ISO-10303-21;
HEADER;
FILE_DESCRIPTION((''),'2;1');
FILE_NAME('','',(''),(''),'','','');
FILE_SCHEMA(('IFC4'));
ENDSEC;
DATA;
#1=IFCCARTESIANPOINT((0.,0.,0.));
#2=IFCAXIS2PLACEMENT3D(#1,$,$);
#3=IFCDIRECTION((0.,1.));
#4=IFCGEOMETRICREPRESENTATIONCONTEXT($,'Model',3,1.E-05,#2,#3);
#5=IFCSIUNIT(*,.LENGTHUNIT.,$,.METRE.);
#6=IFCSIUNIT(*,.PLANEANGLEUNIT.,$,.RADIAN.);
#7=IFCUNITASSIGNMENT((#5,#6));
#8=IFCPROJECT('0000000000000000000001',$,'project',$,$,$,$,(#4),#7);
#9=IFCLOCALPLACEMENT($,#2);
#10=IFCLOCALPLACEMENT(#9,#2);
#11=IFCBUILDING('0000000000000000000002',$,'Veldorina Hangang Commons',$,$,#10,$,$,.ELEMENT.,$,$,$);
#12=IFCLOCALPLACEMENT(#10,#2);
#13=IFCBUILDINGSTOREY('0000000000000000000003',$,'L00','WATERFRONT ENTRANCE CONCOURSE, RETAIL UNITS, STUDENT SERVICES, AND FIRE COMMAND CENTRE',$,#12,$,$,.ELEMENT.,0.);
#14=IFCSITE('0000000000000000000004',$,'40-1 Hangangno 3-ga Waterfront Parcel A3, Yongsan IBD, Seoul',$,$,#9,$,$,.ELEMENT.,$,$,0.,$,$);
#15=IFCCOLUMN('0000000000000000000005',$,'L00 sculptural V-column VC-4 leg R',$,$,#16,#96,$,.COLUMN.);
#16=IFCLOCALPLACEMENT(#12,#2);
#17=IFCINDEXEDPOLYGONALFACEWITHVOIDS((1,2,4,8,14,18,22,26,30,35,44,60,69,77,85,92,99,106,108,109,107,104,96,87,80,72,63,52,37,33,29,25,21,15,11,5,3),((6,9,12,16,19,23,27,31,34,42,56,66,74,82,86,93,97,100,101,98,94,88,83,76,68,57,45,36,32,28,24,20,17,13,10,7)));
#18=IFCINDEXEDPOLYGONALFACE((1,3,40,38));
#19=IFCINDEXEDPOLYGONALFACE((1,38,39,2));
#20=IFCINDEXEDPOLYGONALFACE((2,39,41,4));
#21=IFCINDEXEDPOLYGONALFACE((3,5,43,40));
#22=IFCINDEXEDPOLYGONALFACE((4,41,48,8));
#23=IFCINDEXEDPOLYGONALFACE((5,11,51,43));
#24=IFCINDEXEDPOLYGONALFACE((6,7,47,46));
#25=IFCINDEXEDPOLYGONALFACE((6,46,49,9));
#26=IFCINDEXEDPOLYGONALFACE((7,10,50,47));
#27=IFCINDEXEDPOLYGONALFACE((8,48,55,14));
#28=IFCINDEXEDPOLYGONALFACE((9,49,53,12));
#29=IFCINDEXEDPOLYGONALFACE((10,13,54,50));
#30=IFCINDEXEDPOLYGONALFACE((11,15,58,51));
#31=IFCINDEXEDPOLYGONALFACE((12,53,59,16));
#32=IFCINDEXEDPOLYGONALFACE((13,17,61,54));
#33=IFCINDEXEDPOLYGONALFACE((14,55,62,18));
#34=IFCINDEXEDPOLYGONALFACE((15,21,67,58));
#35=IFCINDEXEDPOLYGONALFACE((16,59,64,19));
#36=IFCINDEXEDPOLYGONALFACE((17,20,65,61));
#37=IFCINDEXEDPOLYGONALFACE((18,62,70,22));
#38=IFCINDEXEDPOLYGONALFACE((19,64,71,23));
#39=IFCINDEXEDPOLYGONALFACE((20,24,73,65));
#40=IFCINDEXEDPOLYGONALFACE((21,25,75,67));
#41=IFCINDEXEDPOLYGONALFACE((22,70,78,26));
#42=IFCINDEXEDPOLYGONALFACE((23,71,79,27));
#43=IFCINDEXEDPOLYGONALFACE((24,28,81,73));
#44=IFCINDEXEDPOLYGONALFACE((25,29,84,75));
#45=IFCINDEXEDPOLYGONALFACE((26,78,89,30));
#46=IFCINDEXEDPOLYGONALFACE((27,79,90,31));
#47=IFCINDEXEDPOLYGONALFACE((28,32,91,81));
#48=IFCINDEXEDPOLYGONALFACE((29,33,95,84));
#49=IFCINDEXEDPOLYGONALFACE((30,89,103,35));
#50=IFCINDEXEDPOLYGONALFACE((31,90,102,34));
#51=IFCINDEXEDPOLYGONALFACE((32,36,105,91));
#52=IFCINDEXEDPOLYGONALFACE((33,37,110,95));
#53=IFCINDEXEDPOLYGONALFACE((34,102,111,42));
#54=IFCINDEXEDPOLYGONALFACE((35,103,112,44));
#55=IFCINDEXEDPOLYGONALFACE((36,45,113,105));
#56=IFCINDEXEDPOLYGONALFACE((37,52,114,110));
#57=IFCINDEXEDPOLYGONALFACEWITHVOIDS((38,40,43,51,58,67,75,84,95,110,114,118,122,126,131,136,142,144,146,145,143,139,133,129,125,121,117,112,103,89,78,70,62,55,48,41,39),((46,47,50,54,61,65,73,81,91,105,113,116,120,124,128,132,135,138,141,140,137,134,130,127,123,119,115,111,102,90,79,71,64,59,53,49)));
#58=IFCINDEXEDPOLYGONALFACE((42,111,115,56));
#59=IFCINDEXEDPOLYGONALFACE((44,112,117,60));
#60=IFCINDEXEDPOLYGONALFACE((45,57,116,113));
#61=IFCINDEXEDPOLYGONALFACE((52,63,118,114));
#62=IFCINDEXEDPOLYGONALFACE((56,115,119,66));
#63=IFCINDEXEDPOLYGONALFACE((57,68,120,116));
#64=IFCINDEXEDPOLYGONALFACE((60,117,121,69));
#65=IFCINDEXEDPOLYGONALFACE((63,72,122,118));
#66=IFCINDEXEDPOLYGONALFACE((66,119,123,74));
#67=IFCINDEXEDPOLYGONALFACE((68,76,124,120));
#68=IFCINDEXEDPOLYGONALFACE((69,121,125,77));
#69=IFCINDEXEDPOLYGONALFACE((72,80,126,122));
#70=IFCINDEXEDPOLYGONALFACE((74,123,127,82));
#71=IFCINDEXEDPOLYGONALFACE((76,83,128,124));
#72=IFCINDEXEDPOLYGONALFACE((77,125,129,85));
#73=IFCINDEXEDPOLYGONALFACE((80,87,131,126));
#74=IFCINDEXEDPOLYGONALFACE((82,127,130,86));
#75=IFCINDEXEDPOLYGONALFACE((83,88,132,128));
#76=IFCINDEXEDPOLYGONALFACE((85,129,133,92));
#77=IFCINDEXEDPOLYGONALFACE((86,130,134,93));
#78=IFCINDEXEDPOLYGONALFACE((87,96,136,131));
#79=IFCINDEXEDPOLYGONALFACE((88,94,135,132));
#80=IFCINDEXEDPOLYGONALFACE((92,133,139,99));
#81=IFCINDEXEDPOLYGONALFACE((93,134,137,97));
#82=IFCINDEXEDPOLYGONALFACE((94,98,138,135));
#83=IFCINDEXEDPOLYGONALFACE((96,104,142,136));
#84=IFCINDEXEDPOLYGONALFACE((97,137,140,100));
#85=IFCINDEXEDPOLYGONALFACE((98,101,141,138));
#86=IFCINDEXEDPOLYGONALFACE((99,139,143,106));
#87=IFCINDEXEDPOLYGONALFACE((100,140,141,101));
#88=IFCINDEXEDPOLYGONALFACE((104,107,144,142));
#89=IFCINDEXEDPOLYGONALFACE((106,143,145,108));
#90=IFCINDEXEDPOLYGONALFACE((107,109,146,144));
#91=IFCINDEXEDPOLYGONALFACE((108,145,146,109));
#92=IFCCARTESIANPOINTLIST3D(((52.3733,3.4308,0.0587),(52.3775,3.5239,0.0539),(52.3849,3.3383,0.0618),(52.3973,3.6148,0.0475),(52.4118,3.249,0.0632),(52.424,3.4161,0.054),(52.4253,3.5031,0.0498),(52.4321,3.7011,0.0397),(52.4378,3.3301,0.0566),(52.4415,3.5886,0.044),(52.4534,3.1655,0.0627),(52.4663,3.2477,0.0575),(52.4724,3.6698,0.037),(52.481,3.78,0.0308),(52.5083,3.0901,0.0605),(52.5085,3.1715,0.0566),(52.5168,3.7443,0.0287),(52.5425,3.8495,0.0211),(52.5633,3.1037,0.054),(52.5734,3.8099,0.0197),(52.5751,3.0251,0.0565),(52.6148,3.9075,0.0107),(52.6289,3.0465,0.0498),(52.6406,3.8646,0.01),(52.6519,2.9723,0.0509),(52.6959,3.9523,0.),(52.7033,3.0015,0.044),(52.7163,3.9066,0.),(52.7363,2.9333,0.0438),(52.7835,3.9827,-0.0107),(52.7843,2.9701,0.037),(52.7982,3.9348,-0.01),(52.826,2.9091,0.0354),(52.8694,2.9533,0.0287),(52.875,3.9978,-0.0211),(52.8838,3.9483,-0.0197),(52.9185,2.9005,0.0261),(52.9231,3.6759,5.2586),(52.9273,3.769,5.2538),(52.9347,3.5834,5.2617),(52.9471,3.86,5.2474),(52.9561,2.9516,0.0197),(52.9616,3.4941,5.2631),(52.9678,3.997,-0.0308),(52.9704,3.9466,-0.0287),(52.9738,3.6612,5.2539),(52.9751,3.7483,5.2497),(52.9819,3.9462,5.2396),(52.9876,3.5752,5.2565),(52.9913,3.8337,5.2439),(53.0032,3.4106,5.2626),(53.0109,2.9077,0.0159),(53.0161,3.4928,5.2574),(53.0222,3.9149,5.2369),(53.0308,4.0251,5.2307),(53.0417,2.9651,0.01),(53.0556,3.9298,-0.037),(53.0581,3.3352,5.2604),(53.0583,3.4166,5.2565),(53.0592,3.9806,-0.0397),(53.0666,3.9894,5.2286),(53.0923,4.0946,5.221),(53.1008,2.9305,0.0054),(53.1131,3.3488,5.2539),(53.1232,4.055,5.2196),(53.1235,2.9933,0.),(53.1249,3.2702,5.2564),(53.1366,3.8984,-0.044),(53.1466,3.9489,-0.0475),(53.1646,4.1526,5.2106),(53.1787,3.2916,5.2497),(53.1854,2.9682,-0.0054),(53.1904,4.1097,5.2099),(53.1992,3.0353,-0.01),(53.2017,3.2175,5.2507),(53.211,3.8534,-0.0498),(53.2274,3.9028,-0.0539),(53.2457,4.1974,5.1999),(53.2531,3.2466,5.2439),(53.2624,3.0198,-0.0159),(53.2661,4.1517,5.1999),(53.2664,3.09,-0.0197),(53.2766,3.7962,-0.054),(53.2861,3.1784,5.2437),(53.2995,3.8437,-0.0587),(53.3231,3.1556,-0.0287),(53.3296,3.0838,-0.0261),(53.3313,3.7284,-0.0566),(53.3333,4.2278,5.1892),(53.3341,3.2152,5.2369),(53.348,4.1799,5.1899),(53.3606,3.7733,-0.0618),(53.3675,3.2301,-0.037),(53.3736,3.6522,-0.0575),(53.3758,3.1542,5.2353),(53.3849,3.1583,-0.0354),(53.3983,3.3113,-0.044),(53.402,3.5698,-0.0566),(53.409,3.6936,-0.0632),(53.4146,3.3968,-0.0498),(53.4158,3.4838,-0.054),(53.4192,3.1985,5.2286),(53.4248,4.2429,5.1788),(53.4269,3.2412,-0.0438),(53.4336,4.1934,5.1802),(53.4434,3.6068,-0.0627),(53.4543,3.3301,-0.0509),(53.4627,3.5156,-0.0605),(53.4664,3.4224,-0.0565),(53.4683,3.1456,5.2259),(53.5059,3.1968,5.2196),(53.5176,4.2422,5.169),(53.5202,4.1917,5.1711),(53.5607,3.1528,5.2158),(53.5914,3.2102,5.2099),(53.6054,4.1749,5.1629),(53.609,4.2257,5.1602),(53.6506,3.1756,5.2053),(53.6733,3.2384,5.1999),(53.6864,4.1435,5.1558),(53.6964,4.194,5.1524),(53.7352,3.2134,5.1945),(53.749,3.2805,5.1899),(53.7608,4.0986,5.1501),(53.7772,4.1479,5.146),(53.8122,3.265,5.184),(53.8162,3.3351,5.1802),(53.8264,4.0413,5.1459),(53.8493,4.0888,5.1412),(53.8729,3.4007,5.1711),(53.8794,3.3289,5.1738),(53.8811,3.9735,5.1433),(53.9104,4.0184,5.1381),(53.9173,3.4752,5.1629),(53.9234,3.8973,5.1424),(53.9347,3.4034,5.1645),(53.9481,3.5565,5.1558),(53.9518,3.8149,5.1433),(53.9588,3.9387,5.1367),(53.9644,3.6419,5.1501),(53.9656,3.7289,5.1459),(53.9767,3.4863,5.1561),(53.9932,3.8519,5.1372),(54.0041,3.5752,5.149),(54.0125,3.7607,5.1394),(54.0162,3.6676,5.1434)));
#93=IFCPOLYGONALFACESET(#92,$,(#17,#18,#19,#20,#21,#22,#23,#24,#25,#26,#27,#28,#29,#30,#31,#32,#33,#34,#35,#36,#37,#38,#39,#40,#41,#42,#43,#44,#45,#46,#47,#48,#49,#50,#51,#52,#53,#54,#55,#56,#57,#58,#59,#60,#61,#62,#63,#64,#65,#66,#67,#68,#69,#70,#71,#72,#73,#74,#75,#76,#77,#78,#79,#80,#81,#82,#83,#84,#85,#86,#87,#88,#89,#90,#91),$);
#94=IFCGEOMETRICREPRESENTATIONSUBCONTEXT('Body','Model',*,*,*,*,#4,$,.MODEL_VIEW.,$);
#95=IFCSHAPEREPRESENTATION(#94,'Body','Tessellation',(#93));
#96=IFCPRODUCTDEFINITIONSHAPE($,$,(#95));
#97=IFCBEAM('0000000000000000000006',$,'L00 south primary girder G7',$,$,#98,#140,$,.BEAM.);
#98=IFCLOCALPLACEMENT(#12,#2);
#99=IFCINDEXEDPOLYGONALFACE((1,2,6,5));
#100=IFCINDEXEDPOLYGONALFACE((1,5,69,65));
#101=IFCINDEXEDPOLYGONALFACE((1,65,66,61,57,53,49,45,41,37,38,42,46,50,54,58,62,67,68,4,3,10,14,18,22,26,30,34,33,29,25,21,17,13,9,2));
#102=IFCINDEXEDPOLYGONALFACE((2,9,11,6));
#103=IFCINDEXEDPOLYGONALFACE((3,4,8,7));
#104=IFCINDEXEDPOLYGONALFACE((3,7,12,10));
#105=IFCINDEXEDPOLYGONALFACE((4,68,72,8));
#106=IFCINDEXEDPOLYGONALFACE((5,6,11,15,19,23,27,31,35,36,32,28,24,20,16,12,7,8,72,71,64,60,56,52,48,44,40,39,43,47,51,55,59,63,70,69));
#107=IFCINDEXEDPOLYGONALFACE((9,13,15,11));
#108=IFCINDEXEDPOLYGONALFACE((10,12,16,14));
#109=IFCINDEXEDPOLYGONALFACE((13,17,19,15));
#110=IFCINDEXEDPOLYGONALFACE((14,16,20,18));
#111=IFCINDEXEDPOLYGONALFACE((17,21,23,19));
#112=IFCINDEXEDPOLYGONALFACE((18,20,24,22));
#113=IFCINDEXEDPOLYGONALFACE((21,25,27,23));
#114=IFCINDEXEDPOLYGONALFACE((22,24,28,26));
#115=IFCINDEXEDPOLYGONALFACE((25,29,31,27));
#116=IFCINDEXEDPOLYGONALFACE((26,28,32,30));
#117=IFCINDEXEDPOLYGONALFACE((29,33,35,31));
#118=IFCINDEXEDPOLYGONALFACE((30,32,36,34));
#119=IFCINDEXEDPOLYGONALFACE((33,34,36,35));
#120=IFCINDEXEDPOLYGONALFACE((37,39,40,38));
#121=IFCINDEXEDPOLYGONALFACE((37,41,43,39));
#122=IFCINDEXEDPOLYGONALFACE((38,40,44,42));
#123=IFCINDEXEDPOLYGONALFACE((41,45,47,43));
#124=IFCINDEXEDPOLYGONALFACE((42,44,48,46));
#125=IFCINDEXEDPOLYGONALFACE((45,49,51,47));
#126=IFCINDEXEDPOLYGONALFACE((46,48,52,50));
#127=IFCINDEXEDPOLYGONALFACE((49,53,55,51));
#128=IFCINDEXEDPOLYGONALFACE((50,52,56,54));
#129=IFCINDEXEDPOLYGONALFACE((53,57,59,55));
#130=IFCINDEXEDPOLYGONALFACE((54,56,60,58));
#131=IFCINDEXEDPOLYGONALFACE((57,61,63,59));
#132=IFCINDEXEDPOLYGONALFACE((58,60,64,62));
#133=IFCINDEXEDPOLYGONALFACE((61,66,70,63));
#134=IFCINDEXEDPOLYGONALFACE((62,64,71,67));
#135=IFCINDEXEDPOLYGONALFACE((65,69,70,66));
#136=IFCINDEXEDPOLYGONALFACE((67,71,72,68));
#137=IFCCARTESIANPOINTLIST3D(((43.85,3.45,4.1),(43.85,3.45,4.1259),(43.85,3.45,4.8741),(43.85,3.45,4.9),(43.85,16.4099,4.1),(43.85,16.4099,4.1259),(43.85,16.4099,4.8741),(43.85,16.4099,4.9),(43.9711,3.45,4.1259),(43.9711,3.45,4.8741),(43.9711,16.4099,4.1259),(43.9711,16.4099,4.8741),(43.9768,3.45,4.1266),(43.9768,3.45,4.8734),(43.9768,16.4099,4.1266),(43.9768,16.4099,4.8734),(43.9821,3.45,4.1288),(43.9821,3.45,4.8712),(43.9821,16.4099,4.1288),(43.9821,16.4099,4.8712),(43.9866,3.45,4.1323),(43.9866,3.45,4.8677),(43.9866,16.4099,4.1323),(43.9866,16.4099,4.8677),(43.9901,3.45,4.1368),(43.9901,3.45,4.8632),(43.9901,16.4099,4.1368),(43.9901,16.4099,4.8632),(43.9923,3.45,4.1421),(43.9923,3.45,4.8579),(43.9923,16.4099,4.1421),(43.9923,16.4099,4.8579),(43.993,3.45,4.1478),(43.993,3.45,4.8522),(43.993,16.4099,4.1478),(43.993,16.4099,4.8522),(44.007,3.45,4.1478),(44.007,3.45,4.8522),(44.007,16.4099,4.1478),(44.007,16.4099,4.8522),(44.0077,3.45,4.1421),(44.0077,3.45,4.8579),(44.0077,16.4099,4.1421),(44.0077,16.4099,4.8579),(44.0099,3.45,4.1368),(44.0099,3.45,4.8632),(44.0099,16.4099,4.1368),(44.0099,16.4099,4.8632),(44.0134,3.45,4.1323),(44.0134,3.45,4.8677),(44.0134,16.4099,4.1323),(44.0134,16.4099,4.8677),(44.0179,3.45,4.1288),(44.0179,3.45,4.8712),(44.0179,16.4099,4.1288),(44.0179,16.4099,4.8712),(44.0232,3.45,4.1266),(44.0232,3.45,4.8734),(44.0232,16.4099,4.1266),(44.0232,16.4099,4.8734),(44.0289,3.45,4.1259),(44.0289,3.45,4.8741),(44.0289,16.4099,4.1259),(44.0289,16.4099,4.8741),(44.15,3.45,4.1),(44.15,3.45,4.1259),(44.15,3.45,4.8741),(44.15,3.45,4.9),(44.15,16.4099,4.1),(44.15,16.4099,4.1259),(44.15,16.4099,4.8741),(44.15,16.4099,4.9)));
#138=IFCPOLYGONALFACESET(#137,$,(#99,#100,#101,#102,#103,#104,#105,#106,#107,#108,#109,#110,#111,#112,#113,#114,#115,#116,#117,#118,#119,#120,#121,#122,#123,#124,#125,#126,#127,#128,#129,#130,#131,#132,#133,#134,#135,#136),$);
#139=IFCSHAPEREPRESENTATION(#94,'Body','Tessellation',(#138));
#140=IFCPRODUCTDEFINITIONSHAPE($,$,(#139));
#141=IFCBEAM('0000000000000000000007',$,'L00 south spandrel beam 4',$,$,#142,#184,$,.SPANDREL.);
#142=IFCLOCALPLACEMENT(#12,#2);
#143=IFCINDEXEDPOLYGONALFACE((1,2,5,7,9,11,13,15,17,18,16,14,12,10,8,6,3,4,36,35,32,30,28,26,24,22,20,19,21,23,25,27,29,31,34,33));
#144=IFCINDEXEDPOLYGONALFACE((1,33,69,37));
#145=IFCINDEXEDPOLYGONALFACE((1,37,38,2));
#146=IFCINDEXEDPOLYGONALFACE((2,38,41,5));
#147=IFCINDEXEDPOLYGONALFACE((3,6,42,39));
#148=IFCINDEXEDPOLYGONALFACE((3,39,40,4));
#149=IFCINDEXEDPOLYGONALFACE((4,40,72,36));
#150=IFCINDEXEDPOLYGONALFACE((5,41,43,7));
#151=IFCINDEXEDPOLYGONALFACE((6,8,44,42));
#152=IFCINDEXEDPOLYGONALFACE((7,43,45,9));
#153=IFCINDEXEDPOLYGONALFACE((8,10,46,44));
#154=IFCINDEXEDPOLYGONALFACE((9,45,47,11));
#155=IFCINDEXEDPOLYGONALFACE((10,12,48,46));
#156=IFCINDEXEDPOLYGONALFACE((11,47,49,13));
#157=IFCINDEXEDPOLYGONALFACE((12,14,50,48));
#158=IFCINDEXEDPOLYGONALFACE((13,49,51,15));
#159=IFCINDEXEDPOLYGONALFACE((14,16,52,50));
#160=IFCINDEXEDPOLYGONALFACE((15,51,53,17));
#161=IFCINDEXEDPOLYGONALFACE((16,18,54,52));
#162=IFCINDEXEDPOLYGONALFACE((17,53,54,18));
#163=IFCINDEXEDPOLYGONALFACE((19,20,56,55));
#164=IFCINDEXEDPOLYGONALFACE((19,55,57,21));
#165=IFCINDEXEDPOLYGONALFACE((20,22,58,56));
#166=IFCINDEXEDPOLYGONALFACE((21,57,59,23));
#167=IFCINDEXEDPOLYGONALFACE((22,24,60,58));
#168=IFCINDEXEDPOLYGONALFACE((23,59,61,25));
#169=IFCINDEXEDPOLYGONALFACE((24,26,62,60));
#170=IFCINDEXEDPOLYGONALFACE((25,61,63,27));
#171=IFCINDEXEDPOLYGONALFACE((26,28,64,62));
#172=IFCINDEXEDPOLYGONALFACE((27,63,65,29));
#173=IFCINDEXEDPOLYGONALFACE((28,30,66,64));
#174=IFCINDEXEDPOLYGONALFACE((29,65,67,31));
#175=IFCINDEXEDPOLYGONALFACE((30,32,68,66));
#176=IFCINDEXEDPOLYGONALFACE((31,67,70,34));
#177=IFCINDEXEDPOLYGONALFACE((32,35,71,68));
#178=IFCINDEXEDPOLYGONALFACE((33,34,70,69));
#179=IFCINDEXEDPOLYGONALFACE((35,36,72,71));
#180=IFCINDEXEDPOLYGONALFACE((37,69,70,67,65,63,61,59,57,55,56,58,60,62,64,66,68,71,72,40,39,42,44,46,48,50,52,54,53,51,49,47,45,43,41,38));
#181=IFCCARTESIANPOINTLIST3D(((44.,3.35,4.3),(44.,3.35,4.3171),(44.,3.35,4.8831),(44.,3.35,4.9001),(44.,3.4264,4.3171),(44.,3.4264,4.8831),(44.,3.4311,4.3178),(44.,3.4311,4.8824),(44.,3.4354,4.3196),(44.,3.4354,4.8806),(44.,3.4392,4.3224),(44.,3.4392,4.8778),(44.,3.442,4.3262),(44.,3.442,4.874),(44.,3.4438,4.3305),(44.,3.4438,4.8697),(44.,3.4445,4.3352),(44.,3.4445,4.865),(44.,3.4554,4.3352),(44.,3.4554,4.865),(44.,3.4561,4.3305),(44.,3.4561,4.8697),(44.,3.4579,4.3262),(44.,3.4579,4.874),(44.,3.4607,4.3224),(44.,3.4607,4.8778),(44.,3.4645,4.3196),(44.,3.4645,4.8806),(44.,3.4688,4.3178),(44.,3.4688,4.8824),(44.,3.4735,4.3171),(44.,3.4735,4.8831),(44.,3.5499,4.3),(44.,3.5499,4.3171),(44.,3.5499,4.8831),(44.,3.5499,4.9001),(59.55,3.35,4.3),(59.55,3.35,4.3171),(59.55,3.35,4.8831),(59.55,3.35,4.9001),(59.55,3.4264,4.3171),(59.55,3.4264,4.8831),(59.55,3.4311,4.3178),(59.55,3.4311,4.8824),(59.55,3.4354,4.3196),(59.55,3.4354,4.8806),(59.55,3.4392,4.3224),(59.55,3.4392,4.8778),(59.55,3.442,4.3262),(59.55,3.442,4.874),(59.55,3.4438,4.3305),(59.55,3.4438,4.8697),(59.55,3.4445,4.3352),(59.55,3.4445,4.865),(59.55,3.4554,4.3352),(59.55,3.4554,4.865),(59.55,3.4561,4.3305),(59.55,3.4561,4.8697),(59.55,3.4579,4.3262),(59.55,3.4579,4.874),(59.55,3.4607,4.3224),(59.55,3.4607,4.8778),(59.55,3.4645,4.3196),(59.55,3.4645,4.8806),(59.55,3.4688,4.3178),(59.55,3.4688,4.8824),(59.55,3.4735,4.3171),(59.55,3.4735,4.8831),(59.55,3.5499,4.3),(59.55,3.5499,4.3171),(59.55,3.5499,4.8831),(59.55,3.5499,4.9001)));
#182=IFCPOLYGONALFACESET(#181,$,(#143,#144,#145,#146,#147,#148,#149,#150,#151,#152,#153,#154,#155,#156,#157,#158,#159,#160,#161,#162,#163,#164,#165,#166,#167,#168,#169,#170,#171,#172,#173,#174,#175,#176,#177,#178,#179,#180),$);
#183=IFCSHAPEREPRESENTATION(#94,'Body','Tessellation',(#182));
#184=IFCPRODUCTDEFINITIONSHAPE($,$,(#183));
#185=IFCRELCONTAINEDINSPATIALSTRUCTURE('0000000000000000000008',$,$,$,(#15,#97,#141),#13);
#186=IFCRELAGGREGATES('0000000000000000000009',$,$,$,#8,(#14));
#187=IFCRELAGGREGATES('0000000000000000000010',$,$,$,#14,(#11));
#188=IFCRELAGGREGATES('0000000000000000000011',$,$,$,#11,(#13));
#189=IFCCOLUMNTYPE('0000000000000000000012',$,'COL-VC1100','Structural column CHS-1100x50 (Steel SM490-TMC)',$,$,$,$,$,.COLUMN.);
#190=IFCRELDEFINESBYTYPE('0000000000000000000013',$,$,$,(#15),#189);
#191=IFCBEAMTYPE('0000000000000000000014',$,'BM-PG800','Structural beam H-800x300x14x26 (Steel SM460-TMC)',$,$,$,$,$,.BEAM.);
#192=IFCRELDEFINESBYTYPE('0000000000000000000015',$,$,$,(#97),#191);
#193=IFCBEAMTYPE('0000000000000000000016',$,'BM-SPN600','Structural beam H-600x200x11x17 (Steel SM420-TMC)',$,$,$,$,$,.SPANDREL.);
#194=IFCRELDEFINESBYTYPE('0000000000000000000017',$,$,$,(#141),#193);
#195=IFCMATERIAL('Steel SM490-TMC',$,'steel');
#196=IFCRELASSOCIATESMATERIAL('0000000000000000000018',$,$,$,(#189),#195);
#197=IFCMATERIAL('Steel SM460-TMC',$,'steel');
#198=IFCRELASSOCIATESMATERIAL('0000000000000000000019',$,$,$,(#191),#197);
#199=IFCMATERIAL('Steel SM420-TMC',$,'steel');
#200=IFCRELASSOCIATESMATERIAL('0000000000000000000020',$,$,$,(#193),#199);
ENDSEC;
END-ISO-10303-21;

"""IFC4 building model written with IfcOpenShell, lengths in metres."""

from ifc_helpers import new_model, si_unit, direction, frame, origin, origin_2d, place, context, subcontext, project, spatial, hollow_circle, i_section, extrude, material, material_profile, profile_set, type_object, element, save


model = new_model("IFC4")

# Units and contexts
model_context = context("Model", 3, precision=1e-05, world=origin(), true_north=direction((0.0, 1.0)))
body_context = subcontext(model_context, "Body", "Model", "MODEL_VIEW")
ifc_project = project(units=[si_unit("LENGTHUNIT", "METRE"), si_unit("PLANEANGLEUNIT", "RADIAN")], contexts=[model_context])

# Site, building, storey
site_placement = place(None, origin())
site = spatial("IfcSite", under=ifc_project, at=site_placement, Name="40-1 Hangangno 3-ga Waterfront Parcel A3, Yongsan IBD, Seoul", CompositionType="ELEMENT", RefElevation=0.0)
building_placement = place(site_placement, origin())
building = spatial("IfcBuilding", under=site, at=building_placement, Name="Veldorina Hangang Commons", CompositionType="ELEMENT")
storey_placement = place(building_placement, origin())
storey = spatial("IfcBuildingStorey", under=building, at=storey_placement, Name="L00", Description="WATERFRONT ENTRANCE CONCOURSE, RETAIL UNITS, STUDENT SERVICES, AND FIRE COMMAND CENTRE", CompositionType="ELEMENT", Elevation=0.0)

# Column
ifc_material_1 = material(Name="Steel SM460-TMC", Category="steel")
ifc_material_2 = material(Name="Steel SM490-TMC", Category="steel")
ifc_material_profile_1 = material_profile(ifc_material_2, hollow_circle(Radius=0.55, WallThickness=0.05, at=origin_2d()), Name="CHS-1100x50")
ifc_profile_set_1 = profile_set([ifc_material_profile_1], Name="Steel SM490-TMC")
column_type_1 = type_object("IfcColumnType", Name="COL-VC1100", Description="Structural column CHS-1100x50 (Steel SM490-TMC)", PredefinedType="COLUMN", material=ifc_profile_set_1)
for number, where, z_axis, x_axis, name in (
    (1, (52.9199, 3.45, 0.0), (0.105031, 0.046826, 0.993366), (-0.407192, 0.913343, 0.0), "L00 sculptural V-column VC-4 leg R"),
):
    element("IfcColumn", number, at=place(storey_placement, frame(where, z_axis=z_axis, x_axis=x_axis)), inside=storey, type_object=column_type_1, Name=name, PredefinedType="COLUMN", context=body_context, shape_type="SweptSolid", body=[
        extrude(hollow_circle(Radius=0.55, WallThickness=0.05, at=origin_2d()), origin(), (0.0, 0.0, 1.0), 5.2346),
    ])

# Beams
ifc_material_profile_2 = material_profile(ifc_material_1, i_section(OverallWidth=0.3, OverallDepth=0.8, WebThickness=0.0139, FlangeThickness=0.0259, FilletRadius=0.022, at=origin_2d()), Name="H-800x300x14x26")
ifc_profile_set_2 = profile_set([ifc_material_profile_2], Name="Steel SM460-TMC")
beam_type_1 = type_object("IfcBeamType", Name="BM-PG800", Description="Structural beam H-800x300x14x26 (Steel SM460-TMC)", PredefinedType="BEAM", material=ifc_profile_set_2)
beam_1_placement = place(storey_placement, frame((44.0, 3.45, 4.5), z_axis=(0.0, 1.0, 0.0), x_axis=(-1.0, 0.0, 0.0)))
element("IfcBeam", 2, at=beam_1_placement, inside=storey, type_object=beam_type_1, Name="L00 south primary girder G7", PredefinedType="BEAM", context=body_context, shape_type="SweptSolid", body=[
    extrude(i_section(OverallWidth=0.3, OverallDepth=0.8, WebThickness=0.0139, FlangeThickness=0.0259, FilletRadius=0.022, at=origin_2d()), origin(), (0.0, 0.0, 1.0), 12.96),
])
ifc_material_3 = material(Name="Steel SM420-TMC", Category="steel")
ifc_material_profile_3 = material_profile(ifc_material_3, i_section(OverallWidth=0.2, OverallDepth=0.6001, WebThickness=0.011, FlangeThickness=0.0171, FilletRadius=0.0181, at=origin_2d()), Name="H-600x200x11x17")
ifc_profile_set_3 = profile_set([ifc_material_profile_3], Name="Steel SM420-TMC")
beam_type_2 = type_object("IfcBeamType", Name="BM-SPN600", Description="Structural beam H-600x200x11x17 (Steel SM420-TMC)", PredefinedType="SPANDREL", material=ifc_profile_set_3)
beam_2_placement = place(storey_placement, frame((44.0, 3.45, 4.6001), z_axis=(1.0, 0.0, 0.0), x_axis=(0.0, 1.0, 0.0)))
element("IfcBeam", 3, at=beam_2_placement, inside=storey, type_object=beam_type_2, Name="L00 south spandrel beam 4", PredefinedType="SPANDREL", context=body_context, shape_type="SweptSolid", body=[
    extrude(i_section(OverallWidth=0.2, OverallDepth=0.6001, WebThickness=0.011, FlangeThickness=0.0171, FilletRadius=0.0181, at=origin_2d()), origin(), (0.0, 0.0, 1.0), 15.55),
])

save(model, "model.ifc")
